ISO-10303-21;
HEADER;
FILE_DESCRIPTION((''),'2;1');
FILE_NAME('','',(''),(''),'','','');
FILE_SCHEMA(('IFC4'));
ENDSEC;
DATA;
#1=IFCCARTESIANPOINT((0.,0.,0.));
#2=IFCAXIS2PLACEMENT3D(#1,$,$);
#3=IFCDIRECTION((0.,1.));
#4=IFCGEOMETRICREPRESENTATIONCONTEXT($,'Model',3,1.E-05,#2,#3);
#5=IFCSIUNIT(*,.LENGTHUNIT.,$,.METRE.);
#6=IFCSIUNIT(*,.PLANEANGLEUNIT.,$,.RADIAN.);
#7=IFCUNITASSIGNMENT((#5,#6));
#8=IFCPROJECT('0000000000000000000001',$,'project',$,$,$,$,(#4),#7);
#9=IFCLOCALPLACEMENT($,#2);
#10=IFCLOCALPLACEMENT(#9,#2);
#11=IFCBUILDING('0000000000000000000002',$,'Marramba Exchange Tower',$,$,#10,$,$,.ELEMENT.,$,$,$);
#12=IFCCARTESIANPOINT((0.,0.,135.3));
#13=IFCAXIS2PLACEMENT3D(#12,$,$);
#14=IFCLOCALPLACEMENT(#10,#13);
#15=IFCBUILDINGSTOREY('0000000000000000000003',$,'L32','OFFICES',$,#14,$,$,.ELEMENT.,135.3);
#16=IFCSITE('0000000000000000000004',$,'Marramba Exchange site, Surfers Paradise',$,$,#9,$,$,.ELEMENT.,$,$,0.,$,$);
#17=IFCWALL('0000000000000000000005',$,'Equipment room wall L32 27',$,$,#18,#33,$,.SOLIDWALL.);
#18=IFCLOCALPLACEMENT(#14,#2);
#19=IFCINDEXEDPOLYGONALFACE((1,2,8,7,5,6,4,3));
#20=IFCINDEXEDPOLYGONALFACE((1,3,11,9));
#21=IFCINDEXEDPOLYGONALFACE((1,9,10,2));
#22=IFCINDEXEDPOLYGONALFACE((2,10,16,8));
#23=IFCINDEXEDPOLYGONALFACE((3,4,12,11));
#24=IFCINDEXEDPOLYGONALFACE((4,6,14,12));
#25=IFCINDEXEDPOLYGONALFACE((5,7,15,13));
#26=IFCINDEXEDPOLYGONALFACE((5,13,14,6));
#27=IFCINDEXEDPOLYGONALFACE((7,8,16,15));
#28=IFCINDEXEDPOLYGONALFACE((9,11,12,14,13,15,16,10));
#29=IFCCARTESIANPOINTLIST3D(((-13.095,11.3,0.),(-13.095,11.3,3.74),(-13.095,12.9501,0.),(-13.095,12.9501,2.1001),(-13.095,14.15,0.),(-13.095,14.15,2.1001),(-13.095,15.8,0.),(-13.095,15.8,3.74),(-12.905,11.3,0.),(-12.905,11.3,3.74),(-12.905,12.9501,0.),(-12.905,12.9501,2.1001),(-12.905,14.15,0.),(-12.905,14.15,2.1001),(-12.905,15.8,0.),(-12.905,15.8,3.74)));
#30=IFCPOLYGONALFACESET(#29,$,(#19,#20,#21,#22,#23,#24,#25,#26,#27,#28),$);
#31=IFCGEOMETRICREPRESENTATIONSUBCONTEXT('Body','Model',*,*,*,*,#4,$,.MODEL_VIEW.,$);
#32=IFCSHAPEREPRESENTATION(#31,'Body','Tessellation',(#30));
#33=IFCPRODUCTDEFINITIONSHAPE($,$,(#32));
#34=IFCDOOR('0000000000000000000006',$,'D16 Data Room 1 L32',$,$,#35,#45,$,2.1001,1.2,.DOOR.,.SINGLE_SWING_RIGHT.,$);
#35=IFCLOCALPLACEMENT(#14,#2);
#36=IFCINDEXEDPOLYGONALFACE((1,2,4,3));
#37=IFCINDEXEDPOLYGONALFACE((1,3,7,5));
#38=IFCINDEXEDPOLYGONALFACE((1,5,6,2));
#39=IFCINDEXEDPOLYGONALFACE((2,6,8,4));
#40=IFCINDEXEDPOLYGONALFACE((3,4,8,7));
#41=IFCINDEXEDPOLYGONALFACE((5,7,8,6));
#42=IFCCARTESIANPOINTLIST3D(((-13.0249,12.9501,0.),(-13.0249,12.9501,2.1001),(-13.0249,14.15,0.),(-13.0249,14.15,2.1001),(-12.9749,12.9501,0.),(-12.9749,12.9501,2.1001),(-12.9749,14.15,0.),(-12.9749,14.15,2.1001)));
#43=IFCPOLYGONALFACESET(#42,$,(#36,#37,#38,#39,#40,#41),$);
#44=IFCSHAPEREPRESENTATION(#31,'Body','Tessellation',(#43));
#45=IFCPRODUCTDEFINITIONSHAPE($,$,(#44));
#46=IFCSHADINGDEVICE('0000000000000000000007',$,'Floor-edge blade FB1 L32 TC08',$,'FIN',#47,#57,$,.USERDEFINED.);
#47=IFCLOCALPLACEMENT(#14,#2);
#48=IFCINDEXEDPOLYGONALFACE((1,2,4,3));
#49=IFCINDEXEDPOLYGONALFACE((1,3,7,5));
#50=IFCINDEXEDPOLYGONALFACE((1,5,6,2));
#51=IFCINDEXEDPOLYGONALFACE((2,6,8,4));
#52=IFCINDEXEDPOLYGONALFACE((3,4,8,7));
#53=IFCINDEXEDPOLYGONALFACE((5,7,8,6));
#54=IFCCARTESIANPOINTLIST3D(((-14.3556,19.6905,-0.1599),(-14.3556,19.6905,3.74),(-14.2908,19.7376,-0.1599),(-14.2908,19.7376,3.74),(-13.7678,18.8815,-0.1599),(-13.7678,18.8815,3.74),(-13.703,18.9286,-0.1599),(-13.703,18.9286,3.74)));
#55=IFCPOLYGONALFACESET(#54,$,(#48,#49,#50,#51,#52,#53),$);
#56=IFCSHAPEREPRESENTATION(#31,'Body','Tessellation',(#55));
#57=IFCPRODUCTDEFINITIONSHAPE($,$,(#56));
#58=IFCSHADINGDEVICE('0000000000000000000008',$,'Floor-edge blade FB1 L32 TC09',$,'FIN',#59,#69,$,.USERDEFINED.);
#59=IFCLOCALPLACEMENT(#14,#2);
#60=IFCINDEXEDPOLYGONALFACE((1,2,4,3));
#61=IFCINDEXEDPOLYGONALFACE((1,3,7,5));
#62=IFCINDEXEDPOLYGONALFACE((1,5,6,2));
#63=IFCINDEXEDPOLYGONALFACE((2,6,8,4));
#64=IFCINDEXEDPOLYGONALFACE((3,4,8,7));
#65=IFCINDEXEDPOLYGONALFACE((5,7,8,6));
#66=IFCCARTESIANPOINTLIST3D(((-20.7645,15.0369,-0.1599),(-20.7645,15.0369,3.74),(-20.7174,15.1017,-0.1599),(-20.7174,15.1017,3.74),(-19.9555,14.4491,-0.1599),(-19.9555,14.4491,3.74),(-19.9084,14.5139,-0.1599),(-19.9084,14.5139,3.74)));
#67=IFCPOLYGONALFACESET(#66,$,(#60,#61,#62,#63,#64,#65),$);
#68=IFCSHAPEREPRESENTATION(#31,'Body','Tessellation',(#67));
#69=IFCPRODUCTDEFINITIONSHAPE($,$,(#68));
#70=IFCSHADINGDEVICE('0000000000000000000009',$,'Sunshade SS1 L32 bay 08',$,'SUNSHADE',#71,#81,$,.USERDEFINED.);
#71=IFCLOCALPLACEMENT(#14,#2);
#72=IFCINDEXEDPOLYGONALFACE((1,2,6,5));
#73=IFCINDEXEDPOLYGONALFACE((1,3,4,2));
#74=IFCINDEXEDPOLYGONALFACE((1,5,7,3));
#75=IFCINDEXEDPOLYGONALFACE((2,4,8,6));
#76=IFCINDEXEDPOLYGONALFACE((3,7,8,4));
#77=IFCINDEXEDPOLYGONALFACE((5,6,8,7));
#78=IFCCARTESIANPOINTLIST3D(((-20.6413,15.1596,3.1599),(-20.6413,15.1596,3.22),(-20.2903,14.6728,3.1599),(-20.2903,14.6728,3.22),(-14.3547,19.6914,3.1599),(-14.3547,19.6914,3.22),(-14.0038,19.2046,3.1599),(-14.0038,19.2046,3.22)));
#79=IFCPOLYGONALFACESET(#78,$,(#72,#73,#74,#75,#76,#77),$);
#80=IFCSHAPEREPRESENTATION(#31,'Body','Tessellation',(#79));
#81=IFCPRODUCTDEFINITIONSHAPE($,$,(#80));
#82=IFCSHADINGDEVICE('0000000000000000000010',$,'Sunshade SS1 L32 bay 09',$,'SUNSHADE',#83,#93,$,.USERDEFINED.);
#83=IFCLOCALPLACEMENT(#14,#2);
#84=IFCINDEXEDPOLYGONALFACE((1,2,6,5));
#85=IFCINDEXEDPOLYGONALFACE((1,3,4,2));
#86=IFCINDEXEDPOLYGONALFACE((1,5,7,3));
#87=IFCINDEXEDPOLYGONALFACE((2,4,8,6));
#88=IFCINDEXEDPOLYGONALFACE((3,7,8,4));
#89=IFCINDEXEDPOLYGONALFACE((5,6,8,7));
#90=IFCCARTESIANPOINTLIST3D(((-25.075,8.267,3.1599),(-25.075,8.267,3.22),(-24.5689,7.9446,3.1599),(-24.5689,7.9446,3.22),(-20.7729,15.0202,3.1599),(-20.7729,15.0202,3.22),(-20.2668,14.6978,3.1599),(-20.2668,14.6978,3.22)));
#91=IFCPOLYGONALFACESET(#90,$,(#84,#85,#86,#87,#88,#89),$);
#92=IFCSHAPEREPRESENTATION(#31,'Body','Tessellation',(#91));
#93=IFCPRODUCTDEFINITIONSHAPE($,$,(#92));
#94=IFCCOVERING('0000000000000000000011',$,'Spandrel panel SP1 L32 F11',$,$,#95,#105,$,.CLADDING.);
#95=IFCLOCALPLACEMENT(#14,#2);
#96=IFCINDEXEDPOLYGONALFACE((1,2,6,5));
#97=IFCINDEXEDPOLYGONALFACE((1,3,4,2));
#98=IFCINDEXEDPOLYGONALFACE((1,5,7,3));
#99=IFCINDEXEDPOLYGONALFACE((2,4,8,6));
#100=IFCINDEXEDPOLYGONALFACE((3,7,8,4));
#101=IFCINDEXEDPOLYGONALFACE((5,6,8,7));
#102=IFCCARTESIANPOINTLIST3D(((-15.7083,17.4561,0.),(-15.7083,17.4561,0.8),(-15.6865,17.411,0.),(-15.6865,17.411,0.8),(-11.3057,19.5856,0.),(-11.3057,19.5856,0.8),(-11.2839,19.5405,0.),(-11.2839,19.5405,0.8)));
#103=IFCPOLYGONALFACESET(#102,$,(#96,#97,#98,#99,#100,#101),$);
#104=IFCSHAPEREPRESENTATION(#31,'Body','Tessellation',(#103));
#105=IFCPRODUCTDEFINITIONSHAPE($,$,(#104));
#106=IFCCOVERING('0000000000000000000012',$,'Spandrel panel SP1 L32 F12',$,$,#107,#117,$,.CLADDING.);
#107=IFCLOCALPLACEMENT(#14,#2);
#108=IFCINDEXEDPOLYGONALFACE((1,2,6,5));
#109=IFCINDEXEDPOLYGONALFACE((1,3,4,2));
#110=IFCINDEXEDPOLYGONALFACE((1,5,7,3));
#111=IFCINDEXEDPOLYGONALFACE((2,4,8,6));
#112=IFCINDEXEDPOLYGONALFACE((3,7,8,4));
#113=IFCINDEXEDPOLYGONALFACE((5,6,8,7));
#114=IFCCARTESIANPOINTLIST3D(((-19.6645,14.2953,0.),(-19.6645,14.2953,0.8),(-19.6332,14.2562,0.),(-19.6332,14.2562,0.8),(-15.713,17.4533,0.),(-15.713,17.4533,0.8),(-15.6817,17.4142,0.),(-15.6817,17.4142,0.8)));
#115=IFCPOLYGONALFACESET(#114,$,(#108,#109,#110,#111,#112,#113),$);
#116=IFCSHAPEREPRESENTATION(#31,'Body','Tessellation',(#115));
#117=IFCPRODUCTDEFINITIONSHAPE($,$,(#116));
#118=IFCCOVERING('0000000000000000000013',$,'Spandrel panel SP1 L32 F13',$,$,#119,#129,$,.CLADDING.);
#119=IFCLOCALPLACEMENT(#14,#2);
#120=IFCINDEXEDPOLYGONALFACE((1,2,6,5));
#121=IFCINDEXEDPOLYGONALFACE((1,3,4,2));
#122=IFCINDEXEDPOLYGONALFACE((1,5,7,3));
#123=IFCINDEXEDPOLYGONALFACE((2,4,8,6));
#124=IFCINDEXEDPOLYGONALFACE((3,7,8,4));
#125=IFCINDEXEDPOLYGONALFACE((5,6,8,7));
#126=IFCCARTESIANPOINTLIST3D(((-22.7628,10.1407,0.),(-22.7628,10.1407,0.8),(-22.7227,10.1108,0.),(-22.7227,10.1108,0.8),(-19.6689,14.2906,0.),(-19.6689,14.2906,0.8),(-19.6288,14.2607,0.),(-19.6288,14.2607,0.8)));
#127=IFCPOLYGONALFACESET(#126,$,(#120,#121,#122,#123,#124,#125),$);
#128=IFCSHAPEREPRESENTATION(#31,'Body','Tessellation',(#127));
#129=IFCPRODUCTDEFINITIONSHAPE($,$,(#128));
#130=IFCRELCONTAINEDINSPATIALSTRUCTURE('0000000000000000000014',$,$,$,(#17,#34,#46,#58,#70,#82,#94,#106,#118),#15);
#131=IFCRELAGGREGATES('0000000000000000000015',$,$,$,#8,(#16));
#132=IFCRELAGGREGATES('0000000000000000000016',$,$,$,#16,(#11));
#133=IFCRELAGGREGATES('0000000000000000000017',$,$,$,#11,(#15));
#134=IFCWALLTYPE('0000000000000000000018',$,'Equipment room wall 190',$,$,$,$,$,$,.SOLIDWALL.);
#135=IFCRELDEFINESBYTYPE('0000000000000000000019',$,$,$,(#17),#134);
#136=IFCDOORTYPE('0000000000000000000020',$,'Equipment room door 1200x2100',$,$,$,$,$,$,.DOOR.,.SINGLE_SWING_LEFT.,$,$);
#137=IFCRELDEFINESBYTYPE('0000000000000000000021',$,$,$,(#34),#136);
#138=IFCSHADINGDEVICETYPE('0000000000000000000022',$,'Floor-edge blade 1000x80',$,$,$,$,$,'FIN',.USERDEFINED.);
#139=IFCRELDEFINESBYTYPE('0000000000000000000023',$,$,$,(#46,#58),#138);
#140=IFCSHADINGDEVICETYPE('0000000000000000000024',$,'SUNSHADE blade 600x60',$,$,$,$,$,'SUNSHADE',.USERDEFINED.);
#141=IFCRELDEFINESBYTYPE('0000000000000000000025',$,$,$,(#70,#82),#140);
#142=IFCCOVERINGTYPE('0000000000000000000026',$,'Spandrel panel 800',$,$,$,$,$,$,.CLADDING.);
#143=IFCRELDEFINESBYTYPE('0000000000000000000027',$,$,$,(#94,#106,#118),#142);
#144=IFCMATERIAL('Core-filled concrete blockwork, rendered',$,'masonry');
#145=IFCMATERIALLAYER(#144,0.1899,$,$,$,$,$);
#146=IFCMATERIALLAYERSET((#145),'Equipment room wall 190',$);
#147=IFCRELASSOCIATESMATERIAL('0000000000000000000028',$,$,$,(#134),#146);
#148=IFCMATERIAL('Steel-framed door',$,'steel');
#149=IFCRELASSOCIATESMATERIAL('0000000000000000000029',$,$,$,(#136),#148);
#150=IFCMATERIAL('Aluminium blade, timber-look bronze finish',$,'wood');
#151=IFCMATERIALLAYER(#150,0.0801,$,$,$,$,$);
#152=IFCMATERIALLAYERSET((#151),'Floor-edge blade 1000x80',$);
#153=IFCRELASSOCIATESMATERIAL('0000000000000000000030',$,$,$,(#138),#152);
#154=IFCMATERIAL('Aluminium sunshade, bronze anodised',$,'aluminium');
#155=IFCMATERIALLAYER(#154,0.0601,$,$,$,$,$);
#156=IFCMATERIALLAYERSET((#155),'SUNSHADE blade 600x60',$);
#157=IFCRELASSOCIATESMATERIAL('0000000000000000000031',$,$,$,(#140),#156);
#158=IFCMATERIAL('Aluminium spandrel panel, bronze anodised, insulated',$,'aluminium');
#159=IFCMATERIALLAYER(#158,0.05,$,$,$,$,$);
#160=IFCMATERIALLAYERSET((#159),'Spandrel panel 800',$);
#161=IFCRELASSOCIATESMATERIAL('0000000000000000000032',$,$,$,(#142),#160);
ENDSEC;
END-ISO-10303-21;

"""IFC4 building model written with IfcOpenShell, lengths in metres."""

from ifc_helpers import new_model, si_unit, direction, frame, frame_2d, origin, origin_2d, place, context, subcontext, project, spatial, rectangle, extrude, material, layer, layer_set, type_object, element, fill, save


model = new_model("IFC4")

# Units and contexts
model_context = context("Model", 3, precision=1e-05, world=origin(), true_north=direction((0.0, 1.0)))
body_context = subcontext(model_context, "Body", "Model", "MODEL_VIEW")
ifc_project = project(units=[si_unit("LENGTHUNIT", "METRE"), si_unit("PLANEANGLEUNIT", "RADIAN")], contexts=[model_context])

# Site, building, storey
site_placement = place(None, origin())
site = spatial("IfcSite", under=ifc_project, at=site_placement, Name="Marramba Exchange site, Surfers Paradise", CompositionType="ELEMENT", RefElevation=0.0)
building_placement = place(site_placement, origin())
building = spatial("IfcBuilding", under=site, at=building_placement, Name="Marramba Exchange Tower", CompositionType="ELEMENT")
storey_placement = place(building_placement, frame((0.0, 0.0, 135.3)))
storey = spatial("IfcBuildingStorey", under=building, at=storey_placement, Name="L32", Description="OFFICES", CompositionType="ELEMENT", Elevation=135.3)

# Shared definitions
ifc_material_1 = material(Name="Core-filled concrete blockwork, rendered", Category="masonry")
ifc_layer_1 = layer(ifc_material_1, 0.1899)
ifc_layer_set_1 = layer_set([ifc_layer_1], Name="Equipment room wall 190")
wall_type = type_object("IfcWallType", Name="Equipment room wall 190", PredefinedType="SOLIDWALL", material=ifc_layer_set_1)

# Wall, opening, door
wall_1_placement = place(storey_placement, frame((-13.0, 11.3, 0.0), z_axis=(0.0, 0.0, 1.0), x_axis=(0.0, 1.0, 0.0)))
wall_1 = element("IfcWall", 1, at=wall_1_placement, inside=storey, type_object=wall_type, Name="Equipment room wall L32 27", PredefinedType="SOLIDWALL", context=body_context, shape_type="SweptSolid", body=[
    extrude(rectangle(XDim=4.5, YDim=0.1899, at=frame_2d((2.25, 0.0))), origin(), (0.0, 0.0, 1.0), 3.74),
])
opening_placement = place(wall_1_placement, frame((1.6499, 0.0, 0.0)))
opening = element("IfcOpeningElement", 2, at=opening_placement, cuts=wall_1, PredefinedType="OPENING", context=body_context, shape_type="SweptSolid", body=[
    extrude(rectangle(XDim=1.2, YDim=2.1001, at=frame_2d((0.6001, 1.05))), frame((0.0, 0.105, 0.0), z_axis=(0.0, -1.0, 0.0), x_axis=(1.0, 0.0, 0.0)), (0.0, 0.0, 1.0), 0.21),
])
ifc_material_2 = material(Name="Steel-framed door", Category="steel")
door_type = type_object("IfcDoorType", Name="Equipment room door 1200x2100", OperationType="SINGLE_SWING_LEFT", PredefinedType="DOOR", material=ifc_material_2)
door_placement = place(opening_placement, frame((1.2, 0.0, 0.0), z_axis=(0.0, 0.0, 1.0), x_axis=(-1.0, 0.0, 0.0)))
door = element("IfcDoor", 3, at=door_placement, inside=storey, type_object=door_type, Name="D16 Data Room 1 L32", OperationType="SINGLE_SWING_RIGHT", OverallHeight=2.1001, OverallWidth=1.2, PredefinedType="DOOR", context=body_context, shape_type="SweptSolid", body=[
    extrude(rectangle(XDim=1.2, YDim=2.1001, at=frame_2d((0.5999, 1.05))), frame((0.0, 0.0251, 0.0), z_axis=(0.0, -1.0, 0.0), x_axis=(1.0, 0.0, 0.0)), (0.0, 0.0, 1.0), 0.05),
])
fill(opening, door)

# Shading devices
ifc_material_3 = material(Name="Aluminium blade, timber-look bronze finish", Category="wood")
ifc_layer_2 = layer(ifc_material_3, 0.0801)
ifc_layer_set_2 = layer_set([ifc_layer_2], Name="Floor-edge blade 1000x80")
shading_device_type_1 = type_object("IfcShadingDeviceType", Name="Floor-edge blade 1000x80", ElementType="FIN", PredefinedType="USERDEFINED", material=ifc_layer_set_2)
for number, where, z_axis, x_axis, name in (
    (4, (-14.0293, 19.3096, -0.1599), (0.0, 0.0, 1.0), (-0.587785, 0.809017, 0.0), "Floor-edge blade FB1 L32 TC08"),
    (5, (-20.3364, 14.7754, -0.1599), (0.0, 0.0, 1.0), (-0.809017, 0.587785, 0.0), "Floor-edge blade FB1 L32 TC09"),
):
    element("IfcShadingDevice", number, at=place(storey_placement, frame(where, z_axis=z_axis, x_axis=x_axis)), inside=storey, type_object=shading_device_type_1, Name=name, ObjectType="FIN", PredefinedType="USERDEFINED", context=body_context, shape_type="SweptSolid", body=[
        extrude(rectangle(XDim=1.0, YDim=0.0801, at=origin_2d()), origin(), (0.0, 0.0, 1.0), 3.8999),
    ])
ifc_material_4 = material(Name="Aluminium sunshade, bronze anodised", Category="aluminium")
ifc_layer_3 = layer(ifc_material_4, 0.0601)
ifc_layer_set_3 = layer_set([ifc_layer_3], Name="SUNSHADE blade 600x60")
shading_device_type_2 = type_object("IfcShadingDeviceType", Name="SUNSHADE blade 600x60", ElementType="SUNSHADE", PredefinedType="USERDEFINED", material=ifc_layer_set_3)
shading_device_1_placement = place(storey_placement, frame((-17.3225, 17.1821, 3.1599), z_axis=(0.0, 0.0, 1.0), x_axis=(-0.811199, -0.58477, 0.0)))
element("IfcShadingDevice", 6, at=shading_device_1_placement, inside=storey, type_object=shading_device_type_2, Name="Sunshade SS1 L32 bay 08", ObjectType="SUNSHADE", PredefinedType="USERDEFINED", context=body_context, shape_type="SweptSolid", body=[
    extrude(rectangle(XDim=7.7498, YDim=0.6001, at=origin_2d()), origin(), (0.0, 0.0, 1.0), 0.0601),
])
shading_device_2_placement = place(storey_placement, frame((-22.6709, 11.4824, 3.1599), z_axis=(0.0, 0.0, 1.0), x_axis=(-0.537285, -0.843401, 0.0)))
element("IfcShadingDevice", 7, at=shading_device_2_placement, inside=storey, type_object=shading_device_type_2, Name="Sunshade SS1 L32 bay 09", ObjectType="SUNSHADE", PredefinedType="USERDEFINED", context=body_context, shape_type="SweptSolid", body=[
    extrude(rectangle(XDim=8.0071, YDim=0.6001, at=origin_2d()), origin(), (0.0, 0.0, 1.0), 0.0601),
])

# Coverings
ifc_material_5 = material(Name="Aluminium spandrel panel, bronze anodised, insulated", Category="aluminium")
ifc_layer_4 = layer(ifc_material_5, 0.05)
ifc_layer_set_4 = layer_set([ifc_layer_4], Name="Spandrel panel 800")
covering_type = type_object("IfcCoveringType", Name="Spandrel panel 800", PredefinedType="CLADDING", material=ifc_layer_set_4)
covering_1_placement = place(storey_placement, frame((-13.4961, 18.4983, 0.0), z_axis=(0.0, 0.0, 1.0), x_axis=(-0.900224, -0.435428, 0.0)))
element("IfcCovering", 8, at=covering_1_placement, inside=storey, type_object=covering_type, Name="Spandrel panel SP1 L32 F11", PredefinedType="CLADDING", context=body_context, shape_type="SweptSolid", body=[
    extrude(rectangle(XDim=4.8906, YDim=0.05, at=origin_2d()), origin(), (0.0, 0.0, 1.0), 0.8),
])
covering_2_placement = place(storey_placement, frame((-17.6731, 15.8547, 0.0), z_axis=(0.0, 0.0, 1.0), x_axis=(-0.781178, -0.624308, 0.0)))
element("IfcCovering", 9, at=covering_2_placement, inside=storey, type_object=covering_type, Name="Spandrel panel SP1 L32 F12", PredefinedType="CLADDING", context=body_context, shape_type="SweptSolid", body=[
    extrude(rectangle(XDim=5.0583, YDim=0.05, at=origin_2d()), origin(), (0.0, 0.0, 1.0), 0.8),
])
covering_3_placement = place(storey_placement, frame((-21.1958, 12.2007, 0.0), z_axis=(0.0, 0.0, 1.0), x_axis=(-0.597704, -0.801717, 0.0)))
element("IfcCovering", 10, at=covering_3_placement, inside=storey, type_object=covering_type, Name="Spandrel panel SP1 L32 F13", PredefinedType="CLADDING", context=body_context, shape_type="SweptSolid", body=[
    extrude(rectangle(XDim=5.1763, YDim=0.05, at=origin_2d()), origin(), (0.0, 0.0, 1.0), 0.8),
])

save(model, "model.ifc")
